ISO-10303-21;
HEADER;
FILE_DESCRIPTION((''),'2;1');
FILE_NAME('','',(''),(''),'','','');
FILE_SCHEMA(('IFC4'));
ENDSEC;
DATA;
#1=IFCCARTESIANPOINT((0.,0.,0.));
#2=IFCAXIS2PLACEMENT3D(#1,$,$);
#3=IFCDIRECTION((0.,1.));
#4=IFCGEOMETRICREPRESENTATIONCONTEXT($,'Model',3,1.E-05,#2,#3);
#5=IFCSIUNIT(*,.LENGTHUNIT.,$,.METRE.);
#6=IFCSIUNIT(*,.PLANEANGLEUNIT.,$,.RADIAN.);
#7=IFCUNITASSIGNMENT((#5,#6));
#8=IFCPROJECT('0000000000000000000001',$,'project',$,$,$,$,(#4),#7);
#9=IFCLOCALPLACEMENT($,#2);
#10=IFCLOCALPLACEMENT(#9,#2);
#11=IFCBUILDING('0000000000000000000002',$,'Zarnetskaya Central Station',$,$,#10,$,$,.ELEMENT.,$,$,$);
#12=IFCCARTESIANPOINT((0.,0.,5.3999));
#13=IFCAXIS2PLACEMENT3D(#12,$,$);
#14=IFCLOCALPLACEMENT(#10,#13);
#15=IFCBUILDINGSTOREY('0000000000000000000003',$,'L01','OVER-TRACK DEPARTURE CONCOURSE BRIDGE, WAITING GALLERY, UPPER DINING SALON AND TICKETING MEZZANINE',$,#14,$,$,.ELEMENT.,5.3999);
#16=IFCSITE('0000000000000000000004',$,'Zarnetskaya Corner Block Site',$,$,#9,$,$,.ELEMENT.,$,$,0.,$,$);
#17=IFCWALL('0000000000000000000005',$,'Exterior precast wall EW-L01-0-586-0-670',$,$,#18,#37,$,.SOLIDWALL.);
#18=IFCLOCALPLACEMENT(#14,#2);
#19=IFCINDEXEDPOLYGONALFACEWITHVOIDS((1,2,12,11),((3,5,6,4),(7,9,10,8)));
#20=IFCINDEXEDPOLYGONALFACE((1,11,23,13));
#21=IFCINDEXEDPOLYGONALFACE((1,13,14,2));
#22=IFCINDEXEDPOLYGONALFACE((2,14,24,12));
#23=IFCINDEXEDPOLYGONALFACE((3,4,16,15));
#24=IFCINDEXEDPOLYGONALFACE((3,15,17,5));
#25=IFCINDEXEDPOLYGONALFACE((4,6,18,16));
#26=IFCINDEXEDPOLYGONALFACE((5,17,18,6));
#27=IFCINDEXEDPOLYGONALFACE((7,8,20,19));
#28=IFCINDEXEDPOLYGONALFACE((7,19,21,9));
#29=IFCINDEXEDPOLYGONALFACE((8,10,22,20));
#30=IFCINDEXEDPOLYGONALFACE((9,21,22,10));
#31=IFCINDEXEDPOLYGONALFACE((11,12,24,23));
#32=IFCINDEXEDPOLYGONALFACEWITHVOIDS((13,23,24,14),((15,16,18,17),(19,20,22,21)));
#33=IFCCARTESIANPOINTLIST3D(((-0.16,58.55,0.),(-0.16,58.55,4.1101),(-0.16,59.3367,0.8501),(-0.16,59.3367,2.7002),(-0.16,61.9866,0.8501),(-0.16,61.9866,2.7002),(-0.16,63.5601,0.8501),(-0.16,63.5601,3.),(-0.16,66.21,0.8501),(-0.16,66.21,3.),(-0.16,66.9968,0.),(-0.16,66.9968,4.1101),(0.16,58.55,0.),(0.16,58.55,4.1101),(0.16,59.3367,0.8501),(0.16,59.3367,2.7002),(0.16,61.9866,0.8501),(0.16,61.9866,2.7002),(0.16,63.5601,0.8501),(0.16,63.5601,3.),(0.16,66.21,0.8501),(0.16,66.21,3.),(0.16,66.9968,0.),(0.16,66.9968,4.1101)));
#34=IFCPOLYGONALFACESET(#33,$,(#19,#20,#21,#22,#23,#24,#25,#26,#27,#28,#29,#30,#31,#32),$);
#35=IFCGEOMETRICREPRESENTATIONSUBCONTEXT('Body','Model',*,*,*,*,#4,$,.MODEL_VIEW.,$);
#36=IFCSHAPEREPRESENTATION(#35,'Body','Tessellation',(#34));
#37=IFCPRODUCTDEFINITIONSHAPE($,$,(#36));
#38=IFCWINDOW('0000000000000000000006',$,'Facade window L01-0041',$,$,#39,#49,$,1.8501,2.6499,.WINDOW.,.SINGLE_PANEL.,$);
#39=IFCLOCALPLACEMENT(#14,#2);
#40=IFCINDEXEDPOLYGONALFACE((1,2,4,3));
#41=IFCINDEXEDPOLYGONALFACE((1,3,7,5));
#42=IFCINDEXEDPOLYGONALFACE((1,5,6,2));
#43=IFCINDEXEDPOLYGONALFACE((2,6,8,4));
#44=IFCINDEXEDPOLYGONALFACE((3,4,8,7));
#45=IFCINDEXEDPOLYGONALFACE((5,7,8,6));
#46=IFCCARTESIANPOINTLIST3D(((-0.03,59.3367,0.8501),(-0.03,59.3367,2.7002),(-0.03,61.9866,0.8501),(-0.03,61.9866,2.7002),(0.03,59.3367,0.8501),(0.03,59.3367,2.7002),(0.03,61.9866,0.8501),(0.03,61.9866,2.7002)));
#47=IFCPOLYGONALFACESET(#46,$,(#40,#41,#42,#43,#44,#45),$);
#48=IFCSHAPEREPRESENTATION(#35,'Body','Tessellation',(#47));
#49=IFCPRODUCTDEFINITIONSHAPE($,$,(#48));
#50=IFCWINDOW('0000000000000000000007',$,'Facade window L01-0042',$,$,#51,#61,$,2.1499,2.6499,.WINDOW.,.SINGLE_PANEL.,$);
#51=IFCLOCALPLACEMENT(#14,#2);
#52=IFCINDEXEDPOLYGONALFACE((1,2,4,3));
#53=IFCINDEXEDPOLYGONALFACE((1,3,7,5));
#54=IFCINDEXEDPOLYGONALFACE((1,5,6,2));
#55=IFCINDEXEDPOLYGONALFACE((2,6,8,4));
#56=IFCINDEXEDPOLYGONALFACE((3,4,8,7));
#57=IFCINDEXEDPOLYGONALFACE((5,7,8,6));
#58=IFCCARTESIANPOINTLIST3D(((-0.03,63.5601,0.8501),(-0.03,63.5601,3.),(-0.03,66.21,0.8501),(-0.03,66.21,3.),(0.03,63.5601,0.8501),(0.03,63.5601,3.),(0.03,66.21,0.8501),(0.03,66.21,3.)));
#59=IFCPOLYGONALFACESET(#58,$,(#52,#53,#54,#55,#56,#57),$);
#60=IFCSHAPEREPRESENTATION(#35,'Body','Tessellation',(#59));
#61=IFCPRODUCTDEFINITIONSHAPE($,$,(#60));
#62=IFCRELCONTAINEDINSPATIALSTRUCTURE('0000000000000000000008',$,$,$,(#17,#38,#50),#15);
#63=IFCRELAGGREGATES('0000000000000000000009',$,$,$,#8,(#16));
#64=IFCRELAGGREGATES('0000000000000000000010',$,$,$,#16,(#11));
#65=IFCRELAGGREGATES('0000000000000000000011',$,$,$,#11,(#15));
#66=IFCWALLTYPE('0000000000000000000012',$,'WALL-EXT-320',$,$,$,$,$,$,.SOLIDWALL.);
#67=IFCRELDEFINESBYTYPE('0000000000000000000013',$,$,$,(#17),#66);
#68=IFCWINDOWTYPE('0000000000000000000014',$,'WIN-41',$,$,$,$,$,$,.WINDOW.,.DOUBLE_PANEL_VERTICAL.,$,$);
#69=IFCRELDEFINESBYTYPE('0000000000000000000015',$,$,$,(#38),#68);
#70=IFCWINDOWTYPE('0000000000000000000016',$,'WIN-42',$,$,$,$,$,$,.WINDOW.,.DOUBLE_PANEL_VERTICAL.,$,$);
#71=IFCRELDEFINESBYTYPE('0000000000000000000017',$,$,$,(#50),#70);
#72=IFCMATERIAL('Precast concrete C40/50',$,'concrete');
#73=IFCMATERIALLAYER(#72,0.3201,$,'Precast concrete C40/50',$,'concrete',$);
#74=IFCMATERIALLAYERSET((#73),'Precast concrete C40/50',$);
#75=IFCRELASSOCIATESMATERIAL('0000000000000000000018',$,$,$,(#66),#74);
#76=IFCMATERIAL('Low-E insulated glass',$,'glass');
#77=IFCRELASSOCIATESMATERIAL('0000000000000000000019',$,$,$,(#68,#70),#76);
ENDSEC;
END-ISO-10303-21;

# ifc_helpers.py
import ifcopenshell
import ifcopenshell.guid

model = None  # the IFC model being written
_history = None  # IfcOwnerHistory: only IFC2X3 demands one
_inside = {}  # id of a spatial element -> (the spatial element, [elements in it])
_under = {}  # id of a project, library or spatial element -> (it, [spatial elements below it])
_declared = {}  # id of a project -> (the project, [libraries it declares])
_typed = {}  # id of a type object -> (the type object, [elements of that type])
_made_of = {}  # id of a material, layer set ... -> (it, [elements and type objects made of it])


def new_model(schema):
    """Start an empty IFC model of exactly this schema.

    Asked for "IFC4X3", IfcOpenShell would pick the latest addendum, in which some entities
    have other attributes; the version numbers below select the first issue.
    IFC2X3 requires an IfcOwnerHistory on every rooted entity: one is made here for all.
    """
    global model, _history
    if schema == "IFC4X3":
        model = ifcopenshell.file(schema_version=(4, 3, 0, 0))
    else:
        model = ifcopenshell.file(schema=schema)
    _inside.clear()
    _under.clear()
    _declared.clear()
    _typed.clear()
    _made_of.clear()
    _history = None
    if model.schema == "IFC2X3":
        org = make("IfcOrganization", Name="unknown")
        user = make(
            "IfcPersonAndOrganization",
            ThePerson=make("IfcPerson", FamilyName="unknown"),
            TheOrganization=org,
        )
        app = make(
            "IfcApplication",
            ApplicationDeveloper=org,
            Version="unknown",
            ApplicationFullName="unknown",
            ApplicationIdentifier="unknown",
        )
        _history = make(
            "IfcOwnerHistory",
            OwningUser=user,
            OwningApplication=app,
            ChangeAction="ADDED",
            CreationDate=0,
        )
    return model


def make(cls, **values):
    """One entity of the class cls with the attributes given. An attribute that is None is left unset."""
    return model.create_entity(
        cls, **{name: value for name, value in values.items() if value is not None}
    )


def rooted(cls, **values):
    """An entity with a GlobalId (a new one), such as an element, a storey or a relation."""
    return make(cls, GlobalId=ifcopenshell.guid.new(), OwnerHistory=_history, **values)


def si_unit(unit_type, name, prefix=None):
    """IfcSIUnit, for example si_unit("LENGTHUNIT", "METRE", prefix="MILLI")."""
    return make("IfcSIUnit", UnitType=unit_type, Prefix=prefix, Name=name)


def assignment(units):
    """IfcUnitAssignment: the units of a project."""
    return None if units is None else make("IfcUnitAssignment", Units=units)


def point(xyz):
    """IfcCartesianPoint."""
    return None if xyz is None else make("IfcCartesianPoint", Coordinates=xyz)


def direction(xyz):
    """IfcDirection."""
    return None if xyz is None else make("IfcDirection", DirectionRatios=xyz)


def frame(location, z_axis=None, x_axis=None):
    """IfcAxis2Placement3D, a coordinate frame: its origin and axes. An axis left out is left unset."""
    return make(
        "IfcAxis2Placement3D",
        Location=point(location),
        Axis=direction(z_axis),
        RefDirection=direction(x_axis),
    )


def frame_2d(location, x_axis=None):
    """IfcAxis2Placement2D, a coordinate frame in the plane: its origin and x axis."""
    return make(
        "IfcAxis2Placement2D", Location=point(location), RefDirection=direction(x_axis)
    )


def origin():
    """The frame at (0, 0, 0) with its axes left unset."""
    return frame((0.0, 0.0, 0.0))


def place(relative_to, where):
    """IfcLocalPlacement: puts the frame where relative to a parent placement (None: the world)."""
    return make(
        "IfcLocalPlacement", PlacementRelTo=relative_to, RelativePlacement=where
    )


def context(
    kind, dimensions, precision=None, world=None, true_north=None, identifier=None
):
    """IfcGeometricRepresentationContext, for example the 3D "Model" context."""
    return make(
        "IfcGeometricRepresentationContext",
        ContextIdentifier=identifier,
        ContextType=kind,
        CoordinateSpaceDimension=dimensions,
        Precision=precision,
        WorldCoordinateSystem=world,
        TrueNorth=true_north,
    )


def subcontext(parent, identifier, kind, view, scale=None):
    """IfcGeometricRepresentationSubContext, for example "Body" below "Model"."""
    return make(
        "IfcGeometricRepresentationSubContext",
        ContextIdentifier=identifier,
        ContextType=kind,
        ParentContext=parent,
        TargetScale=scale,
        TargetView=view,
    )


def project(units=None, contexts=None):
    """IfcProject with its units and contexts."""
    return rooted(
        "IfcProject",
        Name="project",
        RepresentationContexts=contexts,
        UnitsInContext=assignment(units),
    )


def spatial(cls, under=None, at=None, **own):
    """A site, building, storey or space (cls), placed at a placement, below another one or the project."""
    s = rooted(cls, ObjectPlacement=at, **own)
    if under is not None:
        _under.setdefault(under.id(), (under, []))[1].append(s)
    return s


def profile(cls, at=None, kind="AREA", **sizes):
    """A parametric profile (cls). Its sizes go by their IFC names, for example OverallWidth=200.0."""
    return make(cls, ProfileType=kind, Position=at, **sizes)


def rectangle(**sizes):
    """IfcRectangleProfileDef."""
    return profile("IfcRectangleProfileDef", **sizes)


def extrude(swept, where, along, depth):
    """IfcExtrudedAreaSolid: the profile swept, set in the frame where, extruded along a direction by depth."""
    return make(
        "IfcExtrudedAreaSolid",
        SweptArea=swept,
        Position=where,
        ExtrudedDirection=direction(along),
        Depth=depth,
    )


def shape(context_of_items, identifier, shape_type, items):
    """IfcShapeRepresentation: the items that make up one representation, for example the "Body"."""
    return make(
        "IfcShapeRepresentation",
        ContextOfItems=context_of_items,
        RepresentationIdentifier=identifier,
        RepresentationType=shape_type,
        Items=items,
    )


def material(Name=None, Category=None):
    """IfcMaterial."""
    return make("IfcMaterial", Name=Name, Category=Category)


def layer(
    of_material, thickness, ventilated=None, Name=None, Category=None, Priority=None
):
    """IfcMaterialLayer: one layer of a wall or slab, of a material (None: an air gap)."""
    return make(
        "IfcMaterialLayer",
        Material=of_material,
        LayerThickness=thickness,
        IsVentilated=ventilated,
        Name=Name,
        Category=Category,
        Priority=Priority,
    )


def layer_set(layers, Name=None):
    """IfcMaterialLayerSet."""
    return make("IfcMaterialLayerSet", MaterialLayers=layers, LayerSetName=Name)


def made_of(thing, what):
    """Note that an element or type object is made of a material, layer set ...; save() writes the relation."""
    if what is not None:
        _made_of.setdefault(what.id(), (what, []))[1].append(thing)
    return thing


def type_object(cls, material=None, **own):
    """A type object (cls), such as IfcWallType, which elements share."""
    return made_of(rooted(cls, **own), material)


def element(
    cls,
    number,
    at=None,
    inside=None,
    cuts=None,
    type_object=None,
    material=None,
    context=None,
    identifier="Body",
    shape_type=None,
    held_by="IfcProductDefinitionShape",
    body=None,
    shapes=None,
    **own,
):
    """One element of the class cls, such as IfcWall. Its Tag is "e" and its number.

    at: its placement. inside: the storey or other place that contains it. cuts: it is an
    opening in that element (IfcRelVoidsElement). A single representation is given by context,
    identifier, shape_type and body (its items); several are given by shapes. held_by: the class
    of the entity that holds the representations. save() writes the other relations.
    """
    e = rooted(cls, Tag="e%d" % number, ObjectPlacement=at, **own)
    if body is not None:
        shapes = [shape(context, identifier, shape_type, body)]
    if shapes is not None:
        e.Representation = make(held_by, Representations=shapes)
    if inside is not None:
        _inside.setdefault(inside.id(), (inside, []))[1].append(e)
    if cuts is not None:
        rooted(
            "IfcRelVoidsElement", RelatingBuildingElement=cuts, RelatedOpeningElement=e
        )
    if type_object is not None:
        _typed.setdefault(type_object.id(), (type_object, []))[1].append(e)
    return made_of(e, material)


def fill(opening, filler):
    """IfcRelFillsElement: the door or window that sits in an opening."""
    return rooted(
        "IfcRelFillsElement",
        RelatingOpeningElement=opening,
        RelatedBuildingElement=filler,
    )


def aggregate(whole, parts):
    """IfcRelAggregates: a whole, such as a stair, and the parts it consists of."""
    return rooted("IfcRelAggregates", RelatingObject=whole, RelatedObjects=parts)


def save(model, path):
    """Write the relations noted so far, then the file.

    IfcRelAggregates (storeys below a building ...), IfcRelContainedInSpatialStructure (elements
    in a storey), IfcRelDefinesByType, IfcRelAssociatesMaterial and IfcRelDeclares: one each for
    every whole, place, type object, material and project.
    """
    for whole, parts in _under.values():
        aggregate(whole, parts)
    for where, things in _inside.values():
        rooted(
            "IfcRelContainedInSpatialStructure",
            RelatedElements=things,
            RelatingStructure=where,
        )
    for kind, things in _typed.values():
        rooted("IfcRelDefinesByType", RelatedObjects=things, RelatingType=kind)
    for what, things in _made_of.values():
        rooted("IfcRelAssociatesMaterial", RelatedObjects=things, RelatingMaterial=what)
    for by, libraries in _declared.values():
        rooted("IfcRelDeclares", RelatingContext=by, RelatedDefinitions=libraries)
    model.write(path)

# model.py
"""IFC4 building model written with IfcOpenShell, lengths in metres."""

from ifc_helpers import new_model, si_unit, direction, frame, frame_2d, origin, place, context, subcontext, project, spatial, rectangle, extrude, material, layer, layer_set, type_object, element, fill, save


model = new_model("IFC4")

# Units and contexts
model_context = context("Model", 3, precision=1e-05, world=origin(), true_north=direction((0.0, 1.0)))
body_context = subcontext(model_context, "Body", "Model", "MODEL_VIEW")
ifc_project = project(units=[si_unit("LENGTHUNIT", "METRE"), si_unit("PLANEANGLEUNIT", "RADIAN")], contexts=[model_context])

# Site, building, storey
site_placement = place(None, origin())
site = spatial("IfcSite", under=ifc_project, at=site_placement, Name="Zarnetskaya Corner Block Site", CompositionType="ELEMENT", RefElevation=0.0)
building_placement = place(site_placement, origin())
building = spatial("IfcBuilding", under=site, at=building_placement, Name="Zarnetskaya Central Station", CompositionType="ELEMENT")
storey_placement = place(building_placement, frame((0.0, 0.0, 5.3999)))
storey = spatial("IfcBuildingStorey", under=building, at=storey_placement, Name="L01", Description="OVER-TRACK DEPARTURE CONCOURSE BRIDGE, WAITING GALLERY, UPPER DINING SALON AND TICKETING MEZZANINE", CompositionType="ELEMENT", Elevation=5.3999)

# Shared definitions
ifc_material_1 = material(Name="Low-E insulated glass", Category="glass")

# Wall, openings, windows
ifc_material_2 = material(Name="Precast concrete C40/50", Category="concrete")
ifc_layer_1 = layer(ifc_material_2, 0.3201, Name="Precast concrete C40/50", Category="concrete")
ifc_layer_set_1 = layer_set([ifc_layer_1], Name="Precast concrete C40/50")
wall_type = type_object("IfcWallType", Name="WALL-EXT-320", PredefinedType="SOLIDWALL", material=ifc_layer_set_1)
wall_placement = place(storey_placement, frame((0.0, 58.55, 0.0), z_axis=(0.0, 0.0, 1.0), x_axis=(0.0, 1.0, 0.0)))
wall = element("IfcWall", 1, at=wall_placement, inside=storey, type_object=wall_type, Name="Exterior precast wall EW-L01-0-586-0-670", PredefinedType="SOLIDWALL", context=body_context, shape_type="SweptSolid", body=[
    extrude(rectangle(XDim=8.4468, YDim=0.3201, at=frame_2d((4.2234, 0.0))), origin(), (0.0, 0.0, 1.0), 4.1101),
])
opening_1_placement = place(wall_placement, frame((0.7866, 0.0, 0.8501)))
opening_1 = element("IfcOpeningElement", 2, at=opening_1_placement, cuts=wall, PredefinedType="OPENING", context=body_context, shape_type="SweptSolid", body=[
    extrude(rectangle(XDim=2.6499, YDim=1.8501, at=frame_2d((1.325, 0.925))), frame((0.0, 0.1699, 0.0), z_axis=(0.0, -1.0, 0.0), x_axis=(1.0, 0.0, 0.0)), (0.0, 0.0, 1.0), 0.3401),
])
opening_2_placement = place(wall_placement, frame((5.01, 0.0, 0.8501)))
opening_2 = element("IfcOpeningElement", 3, at=opening_2_placement, cuts=wall, PredefinedType="OPENING", context=body_context, shape_type="SweptSolid", body=[
    extrude(rectangle(XDim=2.6499, YDim=2.1499, at=frame_2d((1.325, 1.075))), frame((0.0, 0.1699, 0.0), z_axis=(0.0, -1.0, 0.0), x_axis=(1.0, 0.0, 0.0)), (0.0, 0.0, 1.0), 0.3401),
])
window_type_1 = type_object("IfcWindowType", Name="WIN-41", PartitioningType="DOUBLE_PANEL_VERTICAL", PredefinedType="WINDOW", material=ifc_material_1)
window_1_placement = place(opening_1_placement, origin())
window_1 = element("IfcWindow", 4, at=window_1_placement, inside=storey, type_object=window_type_1, Name="Facade window L01-0041", OverallHeight=1.8501, OverallWidth=2.6499, PartitioningType="SINGLE_PANEL", PredefinedType="WINDOW", context=body_context, shape_type="SweptSolid", body=[
    extrude(rectangle(XDim=2.6499, YDim=1.8501, at=frame_2d((1.325, 0.925))), frame((0.0, 0.03, 0.0), z_axis=(0.0, -1.0, 0.0), x_axis=(1.0, 0.0, 0.0)), (0.0, 0.0, 1.0), 0.0601),
])
fill(opening_1, window_1)
window_type_2 = type_object("IfcWindowType", Name="WIN-42", PartitioningType="DOUBLE_PANEL_VERTICAL", PredefinedType="WINDOW", material=ifc_material_1)
window_2_placement = place(opening_2_placement, origin())
window_2 = element("IfcWindow", 5, at=window_2_placement, inside=storey, type_object=window_type_2, Name="Facade window L01-0042", OverallHeight=2.1499, OverallWidth=2.6499, PartitioningType="SINGLE_PANEL", PredefinedType="WINDOW", context=body_context, shape_type="SweptSolid", body=[
    extrude(rectangle(XDim=2.6499, YDim=2.1499, at=frame_2d((1.325, 1.075))), frame((0.0, 0.03, 0.0), z_axis=(0.0, -1.0, 0.0), x_axis=(1.0, 0.0, 0.0)), (0.0, 0.0, 1.0), 0.0601),
])
fill(opening_2, window_2)

save(model, "model.ifc")
